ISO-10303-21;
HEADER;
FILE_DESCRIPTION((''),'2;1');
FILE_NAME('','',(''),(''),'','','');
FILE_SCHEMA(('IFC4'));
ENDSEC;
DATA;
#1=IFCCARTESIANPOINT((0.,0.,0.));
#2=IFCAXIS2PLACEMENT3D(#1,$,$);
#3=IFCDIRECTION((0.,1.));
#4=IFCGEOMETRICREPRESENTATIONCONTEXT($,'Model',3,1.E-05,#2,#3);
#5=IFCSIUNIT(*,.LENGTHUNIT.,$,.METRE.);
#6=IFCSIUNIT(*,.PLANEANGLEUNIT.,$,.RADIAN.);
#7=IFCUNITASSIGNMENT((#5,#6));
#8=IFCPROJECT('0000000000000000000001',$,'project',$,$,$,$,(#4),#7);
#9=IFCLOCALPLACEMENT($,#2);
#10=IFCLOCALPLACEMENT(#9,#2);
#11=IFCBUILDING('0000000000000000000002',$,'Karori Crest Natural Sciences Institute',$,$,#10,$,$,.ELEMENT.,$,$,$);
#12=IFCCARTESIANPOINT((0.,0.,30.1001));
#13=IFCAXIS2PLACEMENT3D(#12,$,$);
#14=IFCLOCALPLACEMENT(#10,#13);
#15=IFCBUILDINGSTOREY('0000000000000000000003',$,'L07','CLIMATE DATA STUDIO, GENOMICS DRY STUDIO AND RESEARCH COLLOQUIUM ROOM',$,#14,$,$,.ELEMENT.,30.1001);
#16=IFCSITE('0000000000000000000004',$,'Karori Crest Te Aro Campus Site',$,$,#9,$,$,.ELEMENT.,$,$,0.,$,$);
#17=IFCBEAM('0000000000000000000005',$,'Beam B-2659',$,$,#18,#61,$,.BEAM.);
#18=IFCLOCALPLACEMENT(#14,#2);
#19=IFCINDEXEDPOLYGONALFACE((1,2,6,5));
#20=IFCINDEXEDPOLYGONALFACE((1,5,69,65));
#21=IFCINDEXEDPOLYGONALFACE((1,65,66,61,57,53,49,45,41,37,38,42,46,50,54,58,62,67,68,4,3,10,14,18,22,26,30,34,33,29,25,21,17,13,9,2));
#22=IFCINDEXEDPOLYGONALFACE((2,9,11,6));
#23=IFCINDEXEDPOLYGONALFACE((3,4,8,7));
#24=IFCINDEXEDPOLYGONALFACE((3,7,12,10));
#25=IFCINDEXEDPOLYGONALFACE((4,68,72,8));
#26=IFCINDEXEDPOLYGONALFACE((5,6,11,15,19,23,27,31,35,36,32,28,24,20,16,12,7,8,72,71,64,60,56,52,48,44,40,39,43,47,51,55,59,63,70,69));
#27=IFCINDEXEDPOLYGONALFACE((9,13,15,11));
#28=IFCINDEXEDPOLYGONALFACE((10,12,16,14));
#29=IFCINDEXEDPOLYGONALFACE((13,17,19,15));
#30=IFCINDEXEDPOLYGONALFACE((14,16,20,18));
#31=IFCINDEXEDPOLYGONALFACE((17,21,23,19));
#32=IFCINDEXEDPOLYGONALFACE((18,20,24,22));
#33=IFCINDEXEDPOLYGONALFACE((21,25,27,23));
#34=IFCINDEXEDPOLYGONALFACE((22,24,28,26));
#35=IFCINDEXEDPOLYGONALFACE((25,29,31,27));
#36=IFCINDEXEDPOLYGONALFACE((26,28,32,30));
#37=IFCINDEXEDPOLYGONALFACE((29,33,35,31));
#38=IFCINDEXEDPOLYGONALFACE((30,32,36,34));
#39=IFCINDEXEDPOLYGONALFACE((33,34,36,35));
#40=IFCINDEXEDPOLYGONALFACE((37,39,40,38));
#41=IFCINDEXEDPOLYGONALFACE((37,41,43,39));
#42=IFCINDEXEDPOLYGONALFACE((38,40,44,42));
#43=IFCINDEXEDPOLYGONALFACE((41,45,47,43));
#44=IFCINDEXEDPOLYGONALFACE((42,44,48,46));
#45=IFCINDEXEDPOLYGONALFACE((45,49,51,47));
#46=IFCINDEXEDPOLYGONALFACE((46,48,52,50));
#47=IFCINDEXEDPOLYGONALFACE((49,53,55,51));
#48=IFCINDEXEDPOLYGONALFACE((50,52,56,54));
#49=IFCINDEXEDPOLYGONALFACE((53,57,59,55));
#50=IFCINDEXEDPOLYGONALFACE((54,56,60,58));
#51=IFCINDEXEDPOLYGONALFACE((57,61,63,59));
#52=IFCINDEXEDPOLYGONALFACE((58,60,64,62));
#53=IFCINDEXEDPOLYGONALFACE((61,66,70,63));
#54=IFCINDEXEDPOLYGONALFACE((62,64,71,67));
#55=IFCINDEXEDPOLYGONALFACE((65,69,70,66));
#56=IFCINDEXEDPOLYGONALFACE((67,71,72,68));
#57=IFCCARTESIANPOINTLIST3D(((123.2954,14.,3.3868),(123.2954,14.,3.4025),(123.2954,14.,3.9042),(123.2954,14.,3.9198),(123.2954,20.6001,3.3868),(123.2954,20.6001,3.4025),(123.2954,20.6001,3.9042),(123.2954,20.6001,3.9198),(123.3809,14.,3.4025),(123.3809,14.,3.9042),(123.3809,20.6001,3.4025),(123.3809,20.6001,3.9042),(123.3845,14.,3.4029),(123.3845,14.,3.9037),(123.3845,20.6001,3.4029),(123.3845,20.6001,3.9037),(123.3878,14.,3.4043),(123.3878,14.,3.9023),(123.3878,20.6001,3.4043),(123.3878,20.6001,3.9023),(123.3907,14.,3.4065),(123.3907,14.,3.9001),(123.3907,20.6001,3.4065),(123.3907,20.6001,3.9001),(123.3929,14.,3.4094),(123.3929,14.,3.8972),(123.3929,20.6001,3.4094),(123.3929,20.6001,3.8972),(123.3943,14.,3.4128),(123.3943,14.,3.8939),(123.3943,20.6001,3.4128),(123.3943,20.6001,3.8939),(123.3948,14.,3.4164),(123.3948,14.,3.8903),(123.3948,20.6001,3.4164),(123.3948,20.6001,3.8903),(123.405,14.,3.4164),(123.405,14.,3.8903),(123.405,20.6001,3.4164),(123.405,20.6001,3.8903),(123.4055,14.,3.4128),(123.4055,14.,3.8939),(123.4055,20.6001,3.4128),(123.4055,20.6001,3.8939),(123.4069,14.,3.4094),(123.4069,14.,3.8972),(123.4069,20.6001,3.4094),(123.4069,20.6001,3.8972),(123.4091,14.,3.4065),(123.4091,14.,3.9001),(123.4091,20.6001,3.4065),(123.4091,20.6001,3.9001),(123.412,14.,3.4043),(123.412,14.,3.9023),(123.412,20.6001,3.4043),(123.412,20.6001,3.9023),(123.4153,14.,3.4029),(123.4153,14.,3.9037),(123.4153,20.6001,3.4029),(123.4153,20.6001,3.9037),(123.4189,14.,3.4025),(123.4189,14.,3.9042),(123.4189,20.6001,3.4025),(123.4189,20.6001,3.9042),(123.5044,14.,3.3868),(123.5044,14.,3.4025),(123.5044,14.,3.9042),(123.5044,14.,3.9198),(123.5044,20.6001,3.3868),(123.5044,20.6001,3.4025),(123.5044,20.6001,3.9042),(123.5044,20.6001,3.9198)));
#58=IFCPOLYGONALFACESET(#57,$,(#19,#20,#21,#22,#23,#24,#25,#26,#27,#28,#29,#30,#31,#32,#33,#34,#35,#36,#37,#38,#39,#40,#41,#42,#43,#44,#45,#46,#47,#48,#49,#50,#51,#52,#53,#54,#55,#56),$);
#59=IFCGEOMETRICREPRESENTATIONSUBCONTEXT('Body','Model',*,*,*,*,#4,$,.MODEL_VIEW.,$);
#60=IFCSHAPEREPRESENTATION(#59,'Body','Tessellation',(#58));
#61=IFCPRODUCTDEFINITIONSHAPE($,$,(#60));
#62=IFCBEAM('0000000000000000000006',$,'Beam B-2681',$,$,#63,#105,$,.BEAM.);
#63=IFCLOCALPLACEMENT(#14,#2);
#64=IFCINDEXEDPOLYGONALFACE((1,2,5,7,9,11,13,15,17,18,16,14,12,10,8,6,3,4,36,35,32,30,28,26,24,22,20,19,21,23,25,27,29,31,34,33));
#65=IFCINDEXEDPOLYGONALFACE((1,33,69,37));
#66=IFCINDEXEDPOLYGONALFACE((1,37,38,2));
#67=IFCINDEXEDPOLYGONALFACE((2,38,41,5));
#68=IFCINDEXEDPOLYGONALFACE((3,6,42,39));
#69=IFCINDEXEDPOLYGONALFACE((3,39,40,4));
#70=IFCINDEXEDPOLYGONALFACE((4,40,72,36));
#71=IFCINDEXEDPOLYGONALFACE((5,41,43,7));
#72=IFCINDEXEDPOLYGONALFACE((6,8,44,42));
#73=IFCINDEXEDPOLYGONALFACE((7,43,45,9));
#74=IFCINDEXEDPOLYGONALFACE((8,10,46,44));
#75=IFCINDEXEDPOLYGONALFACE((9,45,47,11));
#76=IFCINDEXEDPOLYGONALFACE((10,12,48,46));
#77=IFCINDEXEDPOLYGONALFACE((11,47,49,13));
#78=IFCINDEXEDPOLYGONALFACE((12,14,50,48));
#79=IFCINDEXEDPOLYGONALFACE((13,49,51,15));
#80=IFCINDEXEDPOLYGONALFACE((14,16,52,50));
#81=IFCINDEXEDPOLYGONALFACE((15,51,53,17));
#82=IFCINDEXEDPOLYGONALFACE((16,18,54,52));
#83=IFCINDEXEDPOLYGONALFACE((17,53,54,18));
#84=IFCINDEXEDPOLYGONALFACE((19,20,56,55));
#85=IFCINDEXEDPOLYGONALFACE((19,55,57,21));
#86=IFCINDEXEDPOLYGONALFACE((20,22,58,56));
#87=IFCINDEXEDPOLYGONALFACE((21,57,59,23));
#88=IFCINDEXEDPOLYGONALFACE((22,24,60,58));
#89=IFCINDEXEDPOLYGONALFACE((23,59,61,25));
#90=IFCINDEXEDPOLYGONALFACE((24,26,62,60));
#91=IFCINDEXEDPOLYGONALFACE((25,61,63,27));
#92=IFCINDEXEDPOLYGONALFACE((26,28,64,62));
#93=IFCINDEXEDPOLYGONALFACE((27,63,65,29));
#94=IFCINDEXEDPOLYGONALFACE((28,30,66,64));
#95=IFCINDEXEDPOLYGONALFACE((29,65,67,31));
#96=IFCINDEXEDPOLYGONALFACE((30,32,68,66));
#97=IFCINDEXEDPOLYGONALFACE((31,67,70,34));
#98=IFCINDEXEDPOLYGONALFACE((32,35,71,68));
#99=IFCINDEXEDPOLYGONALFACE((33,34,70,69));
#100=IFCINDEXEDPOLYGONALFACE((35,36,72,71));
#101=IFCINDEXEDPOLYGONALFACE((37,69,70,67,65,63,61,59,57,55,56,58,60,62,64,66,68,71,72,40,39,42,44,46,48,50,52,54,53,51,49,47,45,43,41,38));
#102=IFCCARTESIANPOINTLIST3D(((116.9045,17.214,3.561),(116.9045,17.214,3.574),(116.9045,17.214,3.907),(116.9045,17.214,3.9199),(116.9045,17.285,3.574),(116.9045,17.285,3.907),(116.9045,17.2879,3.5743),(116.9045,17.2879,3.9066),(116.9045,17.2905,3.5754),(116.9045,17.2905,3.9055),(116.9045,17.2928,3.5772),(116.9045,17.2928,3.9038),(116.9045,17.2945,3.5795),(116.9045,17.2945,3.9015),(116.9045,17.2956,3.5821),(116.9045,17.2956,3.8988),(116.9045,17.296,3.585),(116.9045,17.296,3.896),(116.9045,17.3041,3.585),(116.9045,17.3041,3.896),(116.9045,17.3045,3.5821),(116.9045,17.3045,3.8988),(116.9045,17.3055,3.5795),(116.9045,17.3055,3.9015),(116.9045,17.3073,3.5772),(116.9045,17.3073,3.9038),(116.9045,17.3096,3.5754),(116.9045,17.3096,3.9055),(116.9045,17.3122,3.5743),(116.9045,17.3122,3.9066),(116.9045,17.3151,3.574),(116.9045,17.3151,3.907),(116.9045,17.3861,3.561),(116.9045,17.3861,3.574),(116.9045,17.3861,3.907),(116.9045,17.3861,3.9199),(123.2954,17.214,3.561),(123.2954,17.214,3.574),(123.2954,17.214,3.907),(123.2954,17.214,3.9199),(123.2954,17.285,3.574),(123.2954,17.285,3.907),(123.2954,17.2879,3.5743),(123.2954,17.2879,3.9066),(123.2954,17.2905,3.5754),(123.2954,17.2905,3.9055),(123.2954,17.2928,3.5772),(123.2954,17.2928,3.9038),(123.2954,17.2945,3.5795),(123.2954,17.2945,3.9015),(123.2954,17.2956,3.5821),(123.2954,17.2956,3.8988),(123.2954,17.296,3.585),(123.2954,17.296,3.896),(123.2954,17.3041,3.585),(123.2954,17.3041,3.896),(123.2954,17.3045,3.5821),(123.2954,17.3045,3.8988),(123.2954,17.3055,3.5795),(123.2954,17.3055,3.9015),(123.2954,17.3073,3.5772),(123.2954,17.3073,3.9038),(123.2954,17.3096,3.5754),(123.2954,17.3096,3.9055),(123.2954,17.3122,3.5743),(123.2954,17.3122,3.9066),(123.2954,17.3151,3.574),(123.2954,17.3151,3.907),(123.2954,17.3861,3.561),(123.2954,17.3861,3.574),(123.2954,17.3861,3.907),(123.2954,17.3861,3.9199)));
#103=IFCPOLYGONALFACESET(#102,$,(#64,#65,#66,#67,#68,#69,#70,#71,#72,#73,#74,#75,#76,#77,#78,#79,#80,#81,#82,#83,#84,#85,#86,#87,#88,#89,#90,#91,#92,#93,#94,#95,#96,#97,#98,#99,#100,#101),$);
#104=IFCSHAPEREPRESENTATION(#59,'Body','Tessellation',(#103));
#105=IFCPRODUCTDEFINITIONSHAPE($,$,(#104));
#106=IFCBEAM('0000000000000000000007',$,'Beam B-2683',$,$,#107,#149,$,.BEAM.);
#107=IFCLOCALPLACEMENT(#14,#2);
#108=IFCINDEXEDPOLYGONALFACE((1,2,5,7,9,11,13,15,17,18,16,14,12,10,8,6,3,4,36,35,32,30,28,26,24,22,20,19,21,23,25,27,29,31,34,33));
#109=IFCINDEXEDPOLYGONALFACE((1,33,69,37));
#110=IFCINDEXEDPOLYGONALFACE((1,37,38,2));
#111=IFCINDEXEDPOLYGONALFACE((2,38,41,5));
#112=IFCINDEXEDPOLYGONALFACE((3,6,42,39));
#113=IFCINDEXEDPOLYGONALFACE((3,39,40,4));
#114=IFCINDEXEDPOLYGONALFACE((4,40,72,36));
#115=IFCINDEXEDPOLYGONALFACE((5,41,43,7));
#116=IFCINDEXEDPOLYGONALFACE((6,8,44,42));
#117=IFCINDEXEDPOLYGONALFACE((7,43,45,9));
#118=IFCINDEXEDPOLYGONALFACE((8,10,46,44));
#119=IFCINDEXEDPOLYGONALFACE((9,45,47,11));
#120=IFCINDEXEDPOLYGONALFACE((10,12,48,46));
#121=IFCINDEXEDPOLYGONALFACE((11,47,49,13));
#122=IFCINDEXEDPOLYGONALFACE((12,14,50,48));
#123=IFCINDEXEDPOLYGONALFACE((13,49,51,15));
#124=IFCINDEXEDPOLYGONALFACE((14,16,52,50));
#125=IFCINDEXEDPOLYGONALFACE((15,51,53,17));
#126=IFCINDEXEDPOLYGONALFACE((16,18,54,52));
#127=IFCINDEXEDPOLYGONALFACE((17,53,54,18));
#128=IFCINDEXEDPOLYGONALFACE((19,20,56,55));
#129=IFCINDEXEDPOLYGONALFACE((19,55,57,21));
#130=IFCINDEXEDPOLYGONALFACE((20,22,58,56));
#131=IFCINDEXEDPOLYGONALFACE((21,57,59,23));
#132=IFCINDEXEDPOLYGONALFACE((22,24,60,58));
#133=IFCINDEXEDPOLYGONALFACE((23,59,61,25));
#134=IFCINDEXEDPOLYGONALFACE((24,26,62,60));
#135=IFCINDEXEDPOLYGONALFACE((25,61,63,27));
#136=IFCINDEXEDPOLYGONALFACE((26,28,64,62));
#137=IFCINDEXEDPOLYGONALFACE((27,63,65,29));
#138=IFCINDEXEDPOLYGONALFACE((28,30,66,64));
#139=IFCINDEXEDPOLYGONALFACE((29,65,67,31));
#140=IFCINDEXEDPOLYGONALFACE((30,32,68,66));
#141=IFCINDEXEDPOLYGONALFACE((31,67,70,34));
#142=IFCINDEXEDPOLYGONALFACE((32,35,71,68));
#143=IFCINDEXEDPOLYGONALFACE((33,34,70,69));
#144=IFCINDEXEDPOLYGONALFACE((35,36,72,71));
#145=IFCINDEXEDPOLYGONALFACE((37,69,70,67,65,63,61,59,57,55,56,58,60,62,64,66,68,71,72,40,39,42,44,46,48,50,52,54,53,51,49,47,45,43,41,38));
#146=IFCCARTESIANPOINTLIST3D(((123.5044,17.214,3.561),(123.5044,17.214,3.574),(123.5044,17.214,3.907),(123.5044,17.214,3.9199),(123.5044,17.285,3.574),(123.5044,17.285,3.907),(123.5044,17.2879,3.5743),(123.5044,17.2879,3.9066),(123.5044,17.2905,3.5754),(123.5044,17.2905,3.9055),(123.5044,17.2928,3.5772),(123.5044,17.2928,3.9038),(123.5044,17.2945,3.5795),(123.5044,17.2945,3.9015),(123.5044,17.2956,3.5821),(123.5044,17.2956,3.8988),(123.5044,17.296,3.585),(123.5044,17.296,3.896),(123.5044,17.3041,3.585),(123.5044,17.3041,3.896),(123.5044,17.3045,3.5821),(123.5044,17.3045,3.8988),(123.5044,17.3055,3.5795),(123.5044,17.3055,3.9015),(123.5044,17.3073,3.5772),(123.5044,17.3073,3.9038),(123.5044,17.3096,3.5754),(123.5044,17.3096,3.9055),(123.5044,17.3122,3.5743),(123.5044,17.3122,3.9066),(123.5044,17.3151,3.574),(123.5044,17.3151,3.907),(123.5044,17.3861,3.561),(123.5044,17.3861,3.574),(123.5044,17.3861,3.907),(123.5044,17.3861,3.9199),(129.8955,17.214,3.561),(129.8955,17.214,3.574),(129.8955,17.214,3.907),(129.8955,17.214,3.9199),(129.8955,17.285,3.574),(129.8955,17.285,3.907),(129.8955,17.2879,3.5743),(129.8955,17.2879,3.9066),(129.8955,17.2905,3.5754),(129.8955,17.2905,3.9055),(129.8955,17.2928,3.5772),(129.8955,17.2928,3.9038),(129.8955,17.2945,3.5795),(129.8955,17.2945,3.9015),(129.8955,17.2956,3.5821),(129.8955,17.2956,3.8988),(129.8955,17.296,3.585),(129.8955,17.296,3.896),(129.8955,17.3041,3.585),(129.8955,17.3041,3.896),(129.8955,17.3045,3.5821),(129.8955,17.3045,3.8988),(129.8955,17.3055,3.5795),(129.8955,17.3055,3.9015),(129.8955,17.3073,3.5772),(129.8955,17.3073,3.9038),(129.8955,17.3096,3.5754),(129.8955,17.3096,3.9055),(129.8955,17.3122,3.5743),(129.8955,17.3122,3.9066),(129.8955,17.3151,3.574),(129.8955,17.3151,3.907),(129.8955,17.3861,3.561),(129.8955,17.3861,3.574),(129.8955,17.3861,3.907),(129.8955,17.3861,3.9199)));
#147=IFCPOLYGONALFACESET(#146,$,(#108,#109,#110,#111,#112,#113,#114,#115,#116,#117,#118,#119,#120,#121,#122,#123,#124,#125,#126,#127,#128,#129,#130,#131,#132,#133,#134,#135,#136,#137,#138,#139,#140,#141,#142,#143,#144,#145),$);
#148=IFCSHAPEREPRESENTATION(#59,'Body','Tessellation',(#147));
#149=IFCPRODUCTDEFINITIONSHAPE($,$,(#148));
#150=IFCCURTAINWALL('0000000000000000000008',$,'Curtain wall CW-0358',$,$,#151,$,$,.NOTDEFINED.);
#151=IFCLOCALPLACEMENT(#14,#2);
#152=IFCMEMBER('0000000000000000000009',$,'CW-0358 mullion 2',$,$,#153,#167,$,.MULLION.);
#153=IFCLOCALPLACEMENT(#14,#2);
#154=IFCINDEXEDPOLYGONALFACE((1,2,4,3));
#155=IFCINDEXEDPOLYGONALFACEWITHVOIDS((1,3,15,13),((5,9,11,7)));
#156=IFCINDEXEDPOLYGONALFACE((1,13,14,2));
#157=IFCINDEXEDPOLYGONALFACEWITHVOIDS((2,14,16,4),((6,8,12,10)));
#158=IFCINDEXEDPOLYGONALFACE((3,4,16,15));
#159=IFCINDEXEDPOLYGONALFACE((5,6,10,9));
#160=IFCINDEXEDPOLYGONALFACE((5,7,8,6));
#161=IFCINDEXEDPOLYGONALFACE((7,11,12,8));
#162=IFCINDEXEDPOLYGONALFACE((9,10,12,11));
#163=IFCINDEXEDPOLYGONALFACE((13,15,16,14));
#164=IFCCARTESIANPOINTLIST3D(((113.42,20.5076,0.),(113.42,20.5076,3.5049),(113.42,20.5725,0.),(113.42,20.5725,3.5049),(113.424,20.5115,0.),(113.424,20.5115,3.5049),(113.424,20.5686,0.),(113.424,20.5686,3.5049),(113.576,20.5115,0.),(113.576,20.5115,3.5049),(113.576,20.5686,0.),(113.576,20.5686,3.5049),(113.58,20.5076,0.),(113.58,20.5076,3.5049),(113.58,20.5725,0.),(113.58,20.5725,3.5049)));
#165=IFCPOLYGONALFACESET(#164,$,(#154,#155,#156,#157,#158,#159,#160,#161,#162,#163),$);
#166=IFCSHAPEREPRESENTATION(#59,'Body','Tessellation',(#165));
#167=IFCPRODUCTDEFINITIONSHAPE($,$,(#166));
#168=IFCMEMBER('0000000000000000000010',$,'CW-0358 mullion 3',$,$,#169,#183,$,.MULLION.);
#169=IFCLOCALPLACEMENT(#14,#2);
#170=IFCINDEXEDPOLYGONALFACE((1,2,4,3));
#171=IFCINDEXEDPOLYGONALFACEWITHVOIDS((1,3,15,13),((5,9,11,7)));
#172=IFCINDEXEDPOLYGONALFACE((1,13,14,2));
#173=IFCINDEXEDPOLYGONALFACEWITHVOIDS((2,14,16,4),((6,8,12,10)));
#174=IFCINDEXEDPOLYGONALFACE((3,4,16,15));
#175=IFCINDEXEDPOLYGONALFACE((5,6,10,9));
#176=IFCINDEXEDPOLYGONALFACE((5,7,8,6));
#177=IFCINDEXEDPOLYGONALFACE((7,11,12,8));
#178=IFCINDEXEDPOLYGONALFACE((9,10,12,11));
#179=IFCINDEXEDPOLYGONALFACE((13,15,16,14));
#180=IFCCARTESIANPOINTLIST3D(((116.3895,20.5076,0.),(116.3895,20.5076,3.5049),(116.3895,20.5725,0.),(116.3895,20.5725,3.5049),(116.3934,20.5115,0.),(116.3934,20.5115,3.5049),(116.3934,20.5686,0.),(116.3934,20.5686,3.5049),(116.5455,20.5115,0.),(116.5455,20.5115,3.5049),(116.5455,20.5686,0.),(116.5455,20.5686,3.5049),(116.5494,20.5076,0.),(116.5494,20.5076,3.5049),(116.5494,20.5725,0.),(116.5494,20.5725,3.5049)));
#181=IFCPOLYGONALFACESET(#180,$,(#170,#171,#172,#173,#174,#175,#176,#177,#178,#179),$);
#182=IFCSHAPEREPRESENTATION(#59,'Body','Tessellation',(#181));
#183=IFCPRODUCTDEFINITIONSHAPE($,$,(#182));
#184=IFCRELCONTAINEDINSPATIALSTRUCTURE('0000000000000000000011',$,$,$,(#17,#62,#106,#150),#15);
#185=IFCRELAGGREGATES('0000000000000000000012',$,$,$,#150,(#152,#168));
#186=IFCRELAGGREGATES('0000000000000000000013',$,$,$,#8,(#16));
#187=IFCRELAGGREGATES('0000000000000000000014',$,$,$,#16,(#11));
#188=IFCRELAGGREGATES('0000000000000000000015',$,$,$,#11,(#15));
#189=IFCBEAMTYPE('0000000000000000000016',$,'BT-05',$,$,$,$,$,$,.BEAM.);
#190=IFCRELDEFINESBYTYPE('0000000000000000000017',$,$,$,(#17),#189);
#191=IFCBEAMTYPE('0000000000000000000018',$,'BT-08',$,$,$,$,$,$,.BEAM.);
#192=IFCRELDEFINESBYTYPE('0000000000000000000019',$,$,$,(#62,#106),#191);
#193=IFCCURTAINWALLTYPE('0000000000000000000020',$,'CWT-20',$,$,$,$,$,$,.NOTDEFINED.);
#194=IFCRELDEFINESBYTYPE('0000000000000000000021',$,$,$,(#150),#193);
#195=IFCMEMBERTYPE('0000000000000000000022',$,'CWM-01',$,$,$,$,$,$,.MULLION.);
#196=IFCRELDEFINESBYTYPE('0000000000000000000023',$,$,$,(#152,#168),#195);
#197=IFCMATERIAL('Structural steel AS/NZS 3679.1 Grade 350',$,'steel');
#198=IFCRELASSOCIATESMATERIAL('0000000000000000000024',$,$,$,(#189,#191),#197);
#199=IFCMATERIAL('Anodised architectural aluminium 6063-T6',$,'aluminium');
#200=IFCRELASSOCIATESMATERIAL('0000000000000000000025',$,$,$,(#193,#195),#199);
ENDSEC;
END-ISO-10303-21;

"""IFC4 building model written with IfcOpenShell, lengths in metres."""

from ifc_helpers import new_model, si_unit, direction, frame, origin, origin_2d, place, context, subcontext, project, spatial, hollow_rectangle, i_section, extrude, material, material_profile, profile_set, type_object, element, aggregate, save


model = new_model("IFC4")

# Units and contexts
model_context = context("Model", 3, precision=1e-05, world=origin(), true_north=direction((0.0, 1.0)))
body_context = subcontext(model_context, "Body", "Model", "MODEL_VIEW")
ifc_project = project(units=[si_unit("LENGTHUNIT", "METRE"), si_unit("PLANEANGLEUNIT", "RADIAN")], contexts=[model_context])

# Site, building, storey
site_placement = place(None, origin())
site = spatial("IfcSite", under=ifc_project, at=site_placement, Name="Karori Crest Te Aro Campus Site", CompositionType="ELEMENT", RefElevation=0.0)
building_placement = place(site_placement, origin())
building = spatial("IfcBuilding", under=site, at=building_placement, Name="Karori Crest Natural Sciences Institute", CompositionType="ELEMENT")
storey_placement = place(building_placement, frame((0.0, 0.0, 30.1001)))
storey = spatial("IfcBuildingStorey", under=building, at=storey_placement, Name="L07", Description="CLIMATE DATA STUDIO, GENOMICS DRY STUDIO AND RESEARCH COLLOQUIUM ROOM", CompositionType="ELEMENT", Elevation=30.1001)

# Shared definitions
ifc_material_1 = material(Name="Structural steel AS/NZS 3679.1 Grade 350", Category="steel")

# Beams
ifc_material_profile_1 = material_profile(ifc_material_1, i_section(OverallWidth=0.209, OverallDepth=0.533, WebThickness=0.0103, FlangeThickness=0.0156, FilletRadius=0.0139, at=origin_2d()), Name="530UB92.4")
ifc_profile_set_1 = profile_set([ifc_material_profile_1], Name="Structural steel AS/NZS 3679.1 Grade 350")
beam_type_1 = type_object("IfcBeamType", Name="BT-05", PredefinedType="BEAM", material=ifc_profile_set_1)
for number, where, z_axis, x_axis, name in (
    (1, (123.3999, 14.0, 3.6533), (0.0, 1.0, 0.0), (-1.0, 0.0, 0.0), "Beam B-2659"),
):
    element("IfcBeam", number, at=place(storey_placement, frame(where, z_axis=z_axis, x_axis=x_axis)), inside=storey, type_object=beam_type_1, Name=name, PredefinedType="BEAM", context=body_context, shape_type="SweptSolid", body=[
        extrude(i_section(OverallWidth=0.209, OverallDepth=0.533, WebThickness=0.0103, FlangeThickness=0.0156, FilletRadius=0.0139, at=origin_2d()), origin(), (0.0, 0.0, 1.0), 6.6001),
    ])
ifc_material_profile_2 = material_profile(ifc_material_1, i_section(OverallWidth=0.1721, OverallDepth=0.3589, WebThickness=0.0081, FlangeThickness=0.0129, FilletRadius=0.011, at=origin_2d()), Name="360UB56.7")
ifc_profile_set_2 = profile_set([ifc_material_profile_2], Name="Structural steel AS/NZS 3679.1 Grade 350")
beam_type_2 = type_object("IfcBeamType", Name="BT-08", PredefinedType="BEAM", material=ifc_profile_set_2)
beam_1_placement = place(storey_placement, frame((116.9045, 17.3, 3.7405), z_axis=(1.0, 0.0, 0.0), x_axis=(0.0, 1.0, 0.0)))
element("IfcBeam", 2, at=beam_1_placement, inside=storey, type_object=beam_type_2, Name="Beam B-2681", PredefinedType="BEAM", context=body_context, shape_type="SweptSolid", body=[
    extrude(i_section(OverallWidth=0.1721, OverallDepth=0.3589, WebThickness=0.0081, FlangeThickness=0.0129, FilletRadius=0.011, at=origin_2d()), origin(), (0.0, 0.0, 1.0), 6.3909),
])
beam_2_placement = place(storey_placement, frame((123.5044, 17.3, 3.7405), z_axis=(1.0, 0.0, 0.0), x_axis=(0.0, 1.0, 0.0)))
element("IfcBeam", 3, at=beam_2_placement, inside=storey, type_object=beam_type_2, Name="Beam B-2683", PredefinedType="BEAM", context=body_context, shape_type="SweptSolid", body=[
    extrude(i_section(OverallWidth=0.1721, OverallDepth=0.3589, WebThickness=0.0081, FlangeThickness=0.0129, FilletRadius=0.011, at=origin_2d()), origin(), (0.0, 0.0, 1.0), 6.3911),
])

# Curtain wall, members
ifc_material_2 = material(Name="Anodised architectural aluminium 6063-T6", Category="aluminium")
curtain_wall_type = type_object("IfcCurtainWallType", Name="CWT-20", PredefinedType="NOTDEFINED", material=ifc_material_2)
curtain_wall_1_placement = place(storey_placement, origin())
curtain_wall_1 = element("IfcCurtainWall", 4, at=curtain_wall_1_placement, inside=storey, type_object=curtain_wall_type, Name="Curtain wall CW-0358", PredefinedType="NOTDEFINED")
ifc_material_profile_3 = material_profile(ifc_material_2, hollow_rectangle(XDim=0.0649, YDim=0.1599, WallThickness=0.0039, at=origin_2d()), Name="CWM160x65x4")
ifc_profile_set_3 = profile_set([ifc_material_profile_3], Name="Anodised architectural aluminium 6063-T6")
member_type_1 = type_object("IfcMemberType", Name="CWM-01", PredefinedType="MULLION", material=ifc_profile_set_3)
member_1_placement = place(storey_placement, frame((113.5, 20.54, 0.0), z_axis=(0.0, 0.0, 1.0), x_axis=(0.0, 1.0, 0.0)))
member_1 = element("IfcMember", 5, at=member_1_placement, type_object=member_type_1, Name="CW-0358 mullion 2", PredefinedType="MULLION", context=body_context, shape_type="SweptSolid", body=[
    extrude(hollow_rectangle(XDim=0.0649, YDim=0.1599, WallThickness=0.0039, at=origin_2d()), origin(), (0.0, 0.0, 1.0), 3.5049),
])
member_2_placement = place(storey_placement, frame((116.4695, 20.54, 0.0), z_axis=(0.0, 0.0, 1.0), x_axis=(0.0, 1.0, 0.0)))
member_2 = element("IfcMember", 6, at=member_2_placement, type_object=member_type_1, Name="CW-0358 mullion 3", PredefinedType="MULLION", context=body_context, shape_type="SweptSolid", body=[
    extrude(hollow_rectangle(XDim=0.0649, YDim=0.1599, WallThickness=0.0039, at=origin_2d()), origin(), (0.0, 0.0, 1.0), 3.5049),
])

aggregate(curtain_wall_1, [member_1, member_2])

save(model, "model.ifc")
